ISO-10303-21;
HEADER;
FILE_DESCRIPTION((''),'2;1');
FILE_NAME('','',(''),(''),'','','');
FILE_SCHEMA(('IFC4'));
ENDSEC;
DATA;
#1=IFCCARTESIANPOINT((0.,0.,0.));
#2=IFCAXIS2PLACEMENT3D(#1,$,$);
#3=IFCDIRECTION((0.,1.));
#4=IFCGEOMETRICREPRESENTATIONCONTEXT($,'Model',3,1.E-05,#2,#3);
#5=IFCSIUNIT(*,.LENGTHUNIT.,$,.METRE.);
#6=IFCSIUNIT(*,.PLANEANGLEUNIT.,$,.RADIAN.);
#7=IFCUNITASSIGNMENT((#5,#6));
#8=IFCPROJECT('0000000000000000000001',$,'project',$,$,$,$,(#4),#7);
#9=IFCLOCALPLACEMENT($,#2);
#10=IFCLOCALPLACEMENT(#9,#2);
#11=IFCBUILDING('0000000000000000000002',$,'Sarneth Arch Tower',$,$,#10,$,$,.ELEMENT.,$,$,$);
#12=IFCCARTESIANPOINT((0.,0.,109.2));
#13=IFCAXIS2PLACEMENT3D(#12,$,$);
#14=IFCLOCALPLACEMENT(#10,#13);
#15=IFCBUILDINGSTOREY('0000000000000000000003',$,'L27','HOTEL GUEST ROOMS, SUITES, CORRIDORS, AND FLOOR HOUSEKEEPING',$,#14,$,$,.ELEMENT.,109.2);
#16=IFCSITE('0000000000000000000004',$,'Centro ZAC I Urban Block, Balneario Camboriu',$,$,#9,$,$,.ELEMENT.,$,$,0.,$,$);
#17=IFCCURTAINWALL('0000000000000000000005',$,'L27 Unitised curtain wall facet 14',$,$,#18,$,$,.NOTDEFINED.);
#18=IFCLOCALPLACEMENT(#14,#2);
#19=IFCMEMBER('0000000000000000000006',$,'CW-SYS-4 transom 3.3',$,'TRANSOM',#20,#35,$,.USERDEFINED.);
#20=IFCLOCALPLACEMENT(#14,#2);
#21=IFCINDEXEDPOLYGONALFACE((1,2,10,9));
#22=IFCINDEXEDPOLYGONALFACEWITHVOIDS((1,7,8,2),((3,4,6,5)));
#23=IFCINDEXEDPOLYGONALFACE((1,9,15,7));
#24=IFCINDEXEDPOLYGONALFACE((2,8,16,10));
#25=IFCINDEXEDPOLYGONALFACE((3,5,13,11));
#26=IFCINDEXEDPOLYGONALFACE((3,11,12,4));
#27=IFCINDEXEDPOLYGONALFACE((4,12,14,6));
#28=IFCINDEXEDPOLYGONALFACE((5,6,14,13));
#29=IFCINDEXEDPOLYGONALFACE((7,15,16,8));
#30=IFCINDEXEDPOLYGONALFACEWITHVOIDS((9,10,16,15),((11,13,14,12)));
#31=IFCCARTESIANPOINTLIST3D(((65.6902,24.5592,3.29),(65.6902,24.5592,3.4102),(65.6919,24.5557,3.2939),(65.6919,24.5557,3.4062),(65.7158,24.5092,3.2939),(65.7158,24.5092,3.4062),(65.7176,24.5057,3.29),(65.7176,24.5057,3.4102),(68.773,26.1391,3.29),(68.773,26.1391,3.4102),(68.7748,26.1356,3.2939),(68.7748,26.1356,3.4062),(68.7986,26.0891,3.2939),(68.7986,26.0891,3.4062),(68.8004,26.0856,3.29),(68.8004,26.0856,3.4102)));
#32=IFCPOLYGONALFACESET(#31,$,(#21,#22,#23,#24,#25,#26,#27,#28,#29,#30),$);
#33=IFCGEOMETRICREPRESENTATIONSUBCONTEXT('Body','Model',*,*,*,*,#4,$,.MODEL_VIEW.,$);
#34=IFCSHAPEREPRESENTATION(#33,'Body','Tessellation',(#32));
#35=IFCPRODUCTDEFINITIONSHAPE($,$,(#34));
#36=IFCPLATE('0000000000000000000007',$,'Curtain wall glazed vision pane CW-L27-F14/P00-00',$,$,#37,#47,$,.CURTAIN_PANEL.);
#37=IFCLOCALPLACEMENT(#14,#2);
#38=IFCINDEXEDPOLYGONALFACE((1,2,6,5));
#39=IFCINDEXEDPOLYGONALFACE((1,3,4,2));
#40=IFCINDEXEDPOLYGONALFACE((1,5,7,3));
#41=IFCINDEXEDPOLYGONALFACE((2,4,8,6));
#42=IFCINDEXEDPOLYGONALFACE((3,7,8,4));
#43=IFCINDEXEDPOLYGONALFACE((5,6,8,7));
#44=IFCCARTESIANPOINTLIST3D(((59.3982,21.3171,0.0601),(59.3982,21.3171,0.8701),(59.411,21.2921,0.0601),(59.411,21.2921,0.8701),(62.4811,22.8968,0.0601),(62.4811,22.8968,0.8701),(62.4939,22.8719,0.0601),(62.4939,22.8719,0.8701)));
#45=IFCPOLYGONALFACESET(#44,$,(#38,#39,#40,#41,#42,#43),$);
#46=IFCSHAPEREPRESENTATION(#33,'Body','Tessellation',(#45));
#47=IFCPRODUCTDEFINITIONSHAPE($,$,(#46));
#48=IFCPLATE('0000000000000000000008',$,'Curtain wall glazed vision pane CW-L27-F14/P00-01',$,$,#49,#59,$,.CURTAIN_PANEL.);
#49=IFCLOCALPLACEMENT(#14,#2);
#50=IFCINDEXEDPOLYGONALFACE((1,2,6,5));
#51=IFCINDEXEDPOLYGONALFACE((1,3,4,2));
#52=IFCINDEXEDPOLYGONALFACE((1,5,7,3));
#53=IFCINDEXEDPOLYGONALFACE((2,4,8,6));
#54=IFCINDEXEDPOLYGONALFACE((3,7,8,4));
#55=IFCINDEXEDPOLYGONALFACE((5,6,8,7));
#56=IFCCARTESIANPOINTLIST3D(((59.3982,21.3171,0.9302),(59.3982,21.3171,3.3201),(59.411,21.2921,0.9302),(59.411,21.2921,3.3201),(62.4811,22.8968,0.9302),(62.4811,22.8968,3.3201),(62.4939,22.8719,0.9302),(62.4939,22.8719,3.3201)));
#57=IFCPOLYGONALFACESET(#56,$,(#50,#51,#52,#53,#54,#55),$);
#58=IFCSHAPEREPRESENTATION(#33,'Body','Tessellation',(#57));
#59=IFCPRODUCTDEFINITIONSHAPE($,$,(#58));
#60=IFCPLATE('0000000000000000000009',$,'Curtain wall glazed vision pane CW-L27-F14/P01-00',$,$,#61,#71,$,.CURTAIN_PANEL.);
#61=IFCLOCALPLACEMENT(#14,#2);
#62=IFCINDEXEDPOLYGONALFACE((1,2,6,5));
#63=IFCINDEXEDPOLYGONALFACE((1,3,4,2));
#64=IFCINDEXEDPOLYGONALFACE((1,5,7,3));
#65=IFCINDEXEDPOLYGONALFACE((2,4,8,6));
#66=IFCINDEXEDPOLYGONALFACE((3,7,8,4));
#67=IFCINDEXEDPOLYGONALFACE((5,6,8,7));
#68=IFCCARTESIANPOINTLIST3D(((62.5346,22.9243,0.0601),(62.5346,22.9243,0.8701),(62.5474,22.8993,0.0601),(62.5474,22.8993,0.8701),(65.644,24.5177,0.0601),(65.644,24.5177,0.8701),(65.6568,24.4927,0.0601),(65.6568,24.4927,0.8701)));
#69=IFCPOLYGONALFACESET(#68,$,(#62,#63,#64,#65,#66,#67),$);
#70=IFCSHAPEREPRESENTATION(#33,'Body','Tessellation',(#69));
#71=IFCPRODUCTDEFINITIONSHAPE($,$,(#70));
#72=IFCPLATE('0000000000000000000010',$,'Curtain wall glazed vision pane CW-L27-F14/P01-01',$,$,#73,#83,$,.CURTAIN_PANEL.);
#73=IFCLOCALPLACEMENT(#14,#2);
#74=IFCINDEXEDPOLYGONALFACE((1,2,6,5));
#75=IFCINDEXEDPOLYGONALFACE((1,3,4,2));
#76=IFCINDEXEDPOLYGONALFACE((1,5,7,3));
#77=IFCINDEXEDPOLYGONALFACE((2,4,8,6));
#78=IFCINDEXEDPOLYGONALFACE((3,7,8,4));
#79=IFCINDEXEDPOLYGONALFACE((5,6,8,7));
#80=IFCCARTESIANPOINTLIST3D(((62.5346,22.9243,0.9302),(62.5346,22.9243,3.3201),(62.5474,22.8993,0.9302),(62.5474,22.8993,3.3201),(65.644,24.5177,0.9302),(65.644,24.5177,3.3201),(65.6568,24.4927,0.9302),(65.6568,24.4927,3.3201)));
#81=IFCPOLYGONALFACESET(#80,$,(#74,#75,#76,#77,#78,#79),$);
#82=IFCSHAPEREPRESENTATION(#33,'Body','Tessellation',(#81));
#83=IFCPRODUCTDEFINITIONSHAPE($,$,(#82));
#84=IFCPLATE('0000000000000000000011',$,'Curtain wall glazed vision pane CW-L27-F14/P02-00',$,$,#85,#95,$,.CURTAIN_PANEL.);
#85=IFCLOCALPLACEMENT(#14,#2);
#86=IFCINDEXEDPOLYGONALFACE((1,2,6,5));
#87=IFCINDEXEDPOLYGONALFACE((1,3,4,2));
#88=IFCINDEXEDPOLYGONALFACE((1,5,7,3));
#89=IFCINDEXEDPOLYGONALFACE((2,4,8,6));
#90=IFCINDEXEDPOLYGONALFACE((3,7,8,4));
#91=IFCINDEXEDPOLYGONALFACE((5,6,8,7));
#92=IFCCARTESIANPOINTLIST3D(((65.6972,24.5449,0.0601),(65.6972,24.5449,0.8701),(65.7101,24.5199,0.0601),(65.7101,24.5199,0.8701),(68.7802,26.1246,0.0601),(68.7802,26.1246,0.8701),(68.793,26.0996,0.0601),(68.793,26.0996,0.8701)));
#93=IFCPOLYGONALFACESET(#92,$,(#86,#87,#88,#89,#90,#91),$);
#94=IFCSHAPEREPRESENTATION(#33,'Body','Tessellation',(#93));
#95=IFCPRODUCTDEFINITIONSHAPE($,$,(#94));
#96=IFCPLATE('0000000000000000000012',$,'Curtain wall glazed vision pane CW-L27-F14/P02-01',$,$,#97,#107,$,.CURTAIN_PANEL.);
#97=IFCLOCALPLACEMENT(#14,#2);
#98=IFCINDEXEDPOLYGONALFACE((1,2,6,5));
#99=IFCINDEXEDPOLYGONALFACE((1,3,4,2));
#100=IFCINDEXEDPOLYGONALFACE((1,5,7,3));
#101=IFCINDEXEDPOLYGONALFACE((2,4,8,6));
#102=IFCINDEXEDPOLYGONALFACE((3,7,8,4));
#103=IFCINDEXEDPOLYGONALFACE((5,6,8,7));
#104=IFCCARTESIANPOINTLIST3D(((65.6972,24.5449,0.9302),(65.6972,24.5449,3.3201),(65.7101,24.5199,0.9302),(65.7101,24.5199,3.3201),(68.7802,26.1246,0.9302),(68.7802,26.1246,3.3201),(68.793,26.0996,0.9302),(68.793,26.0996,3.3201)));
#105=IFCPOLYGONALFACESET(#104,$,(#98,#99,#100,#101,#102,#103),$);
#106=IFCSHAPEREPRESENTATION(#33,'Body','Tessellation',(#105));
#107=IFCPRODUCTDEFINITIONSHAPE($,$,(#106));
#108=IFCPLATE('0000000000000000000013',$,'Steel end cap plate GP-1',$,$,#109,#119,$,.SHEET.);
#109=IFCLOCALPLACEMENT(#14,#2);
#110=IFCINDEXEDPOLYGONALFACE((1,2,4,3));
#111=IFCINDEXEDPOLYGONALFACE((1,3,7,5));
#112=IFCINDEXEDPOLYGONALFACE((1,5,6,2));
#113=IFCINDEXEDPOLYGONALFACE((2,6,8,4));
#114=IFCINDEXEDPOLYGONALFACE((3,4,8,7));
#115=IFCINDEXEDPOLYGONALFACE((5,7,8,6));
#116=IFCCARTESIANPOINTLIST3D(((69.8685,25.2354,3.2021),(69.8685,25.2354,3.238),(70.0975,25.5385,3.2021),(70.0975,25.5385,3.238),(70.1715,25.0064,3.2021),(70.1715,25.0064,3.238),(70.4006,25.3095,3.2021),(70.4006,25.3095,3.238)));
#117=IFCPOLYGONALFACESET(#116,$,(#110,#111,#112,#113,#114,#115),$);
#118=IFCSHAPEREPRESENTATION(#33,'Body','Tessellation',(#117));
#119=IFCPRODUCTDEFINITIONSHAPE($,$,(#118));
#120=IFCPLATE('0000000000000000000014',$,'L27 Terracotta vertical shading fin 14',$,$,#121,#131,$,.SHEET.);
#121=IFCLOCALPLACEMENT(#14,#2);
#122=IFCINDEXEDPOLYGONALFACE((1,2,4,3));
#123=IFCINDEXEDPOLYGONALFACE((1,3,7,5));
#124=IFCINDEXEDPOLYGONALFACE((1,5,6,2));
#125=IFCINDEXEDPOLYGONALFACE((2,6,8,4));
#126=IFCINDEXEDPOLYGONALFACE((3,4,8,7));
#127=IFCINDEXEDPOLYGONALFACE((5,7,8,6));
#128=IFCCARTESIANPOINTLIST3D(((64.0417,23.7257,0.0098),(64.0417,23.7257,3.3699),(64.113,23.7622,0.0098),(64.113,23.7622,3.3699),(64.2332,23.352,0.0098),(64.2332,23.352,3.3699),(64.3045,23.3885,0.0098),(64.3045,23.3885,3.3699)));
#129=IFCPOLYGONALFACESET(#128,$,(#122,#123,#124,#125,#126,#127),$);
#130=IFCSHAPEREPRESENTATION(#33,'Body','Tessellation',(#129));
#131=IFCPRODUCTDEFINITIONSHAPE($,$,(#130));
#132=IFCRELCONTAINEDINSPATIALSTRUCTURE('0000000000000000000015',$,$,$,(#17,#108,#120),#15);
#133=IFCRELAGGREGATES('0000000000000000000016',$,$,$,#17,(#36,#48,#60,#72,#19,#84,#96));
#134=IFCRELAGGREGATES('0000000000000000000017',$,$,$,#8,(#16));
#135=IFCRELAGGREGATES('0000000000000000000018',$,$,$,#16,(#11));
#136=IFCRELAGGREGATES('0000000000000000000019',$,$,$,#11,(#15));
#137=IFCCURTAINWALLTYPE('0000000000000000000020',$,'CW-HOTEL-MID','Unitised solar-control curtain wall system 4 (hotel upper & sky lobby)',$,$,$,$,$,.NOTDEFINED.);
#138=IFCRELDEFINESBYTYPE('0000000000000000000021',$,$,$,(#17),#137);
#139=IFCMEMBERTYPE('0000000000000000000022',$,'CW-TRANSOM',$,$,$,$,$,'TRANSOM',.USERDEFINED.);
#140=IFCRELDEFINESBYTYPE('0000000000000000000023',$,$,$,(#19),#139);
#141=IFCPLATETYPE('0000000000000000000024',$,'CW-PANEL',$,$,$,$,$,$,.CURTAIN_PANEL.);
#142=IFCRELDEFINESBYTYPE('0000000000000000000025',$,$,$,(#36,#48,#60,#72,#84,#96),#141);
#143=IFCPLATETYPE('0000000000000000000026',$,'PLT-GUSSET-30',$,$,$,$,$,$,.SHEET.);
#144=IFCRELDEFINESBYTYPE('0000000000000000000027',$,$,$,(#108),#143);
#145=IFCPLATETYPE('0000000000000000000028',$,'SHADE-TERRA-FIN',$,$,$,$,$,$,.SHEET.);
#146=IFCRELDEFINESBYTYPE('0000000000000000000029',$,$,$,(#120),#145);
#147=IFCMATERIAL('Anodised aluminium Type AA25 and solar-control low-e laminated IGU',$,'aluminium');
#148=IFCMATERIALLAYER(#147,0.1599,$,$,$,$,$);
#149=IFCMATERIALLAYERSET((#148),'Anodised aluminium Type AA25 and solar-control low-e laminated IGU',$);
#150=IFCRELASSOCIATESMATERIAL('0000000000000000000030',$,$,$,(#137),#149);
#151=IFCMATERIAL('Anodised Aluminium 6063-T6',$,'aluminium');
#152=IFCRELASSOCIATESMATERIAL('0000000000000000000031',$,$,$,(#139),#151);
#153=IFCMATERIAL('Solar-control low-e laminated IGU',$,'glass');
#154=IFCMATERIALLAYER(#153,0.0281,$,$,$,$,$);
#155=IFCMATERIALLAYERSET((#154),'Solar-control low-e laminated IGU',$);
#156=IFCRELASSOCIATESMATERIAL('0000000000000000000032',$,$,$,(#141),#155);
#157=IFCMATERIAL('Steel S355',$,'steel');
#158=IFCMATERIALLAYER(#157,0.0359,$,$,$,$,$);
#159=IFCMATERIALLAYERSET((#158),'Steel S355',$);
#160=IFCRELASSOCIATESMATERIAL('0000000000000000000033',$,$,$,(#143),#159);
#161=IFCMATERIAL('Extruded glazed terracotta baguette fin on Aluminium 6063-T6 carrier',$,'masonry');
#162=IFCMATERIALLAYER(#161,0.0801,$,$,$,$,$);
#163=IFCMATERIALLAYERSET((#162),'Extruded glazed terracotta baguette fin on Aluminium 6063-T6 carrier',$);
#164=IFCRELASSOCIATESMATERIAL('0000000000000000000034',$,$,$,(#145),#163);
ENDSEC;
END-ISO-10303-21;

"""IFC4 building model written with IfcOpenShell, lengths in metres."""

from ifc_helpers import new_model, si_unit, direction, frame, origin, origin_2d, place, context, subcontext, project, spatial, rectangle, hollow_rectangle, extrude, material, layer, layer_set, material_profile, profile_set, type_object, element, aggregate, save


model = new_model("IFC4")

# Units and contexts
model_context = context("Model", 3, precision=1e-05, world=origin(), true_north=direction((0.0, 1.0)))
body_context = subcontext(model_context, "Body", "Model", "MODEL_VIEW")
ifc_project = project(units=[si_unit("LENGTHUNIT", "METRE"), si_unit("PLANEANGLEUNIT", "RADIAN")], contexts=[model_context])

# Site, building, storey
site_placement = place(None, origin())
site = spatial("IfcSite", under=ifc_project, at=site_placement, Name="Centro ZAC I Urban Block, Balneario Camboriu", CompositionType="ELEMENT", RefElevation=0.0)
building_placement = place(site_placement, origin())
building = spatial("IfcBuilding", under=site, at=building_placement, Name="Sarneth Arch Tower", CompositionType="ELEMENT")
storey_placement = place(building_placement, frame((0.0, 0.0, 109.2)))
storey = spatial("IfcBuildingStorey", under=building, at=storey_placement, Name="L27", Description="HOTEL GUEST ROOMS, SUITES, CORRIDORS, AND FLOOR HOUSEKEEPING", CompositionType="ELEMENT", Elevation=109.2)

# Curtain wall, member, plates
ifc_material_1 = material(Name="Anodised aluminium Type AA25 and solar-control low-e laminated IGU", Category="aluminium")
ifc_layer_1 = layer(ifc_material_1, 0.1599)
ifc_layer_set_1 = layer_set([ifc_layer_1], Name="Anodised aluminium Type AA25 and solar-control low-e laminated IGU")
curtain_wall_type = type_object("IfcCurtainWallType", Name="CW-HOTEL-MID", Description="Unitised solar-control curtain wall system 4 (hotel upper & sky lobby)", PredefinedType="NOTDEFINED", material=ifc_layer_set_1)
curtain_wall_placement = place(storey_placement, origin())
curtain_wall = element("IfcCurtainWall", 1, at=curtain_wall_placement, inside=storey, type_object=curtain_wall_type, Name="L27 Unitised curtain wall facet 14", PredefinedType="NOTDEFINED")
ifc_material_2 = material(Name="Anodised Aluminium 6063-T6", Category="aluminium")
ifc_material_profile_1 = material_profile(ifc_material_2, hollow_rectangle(XDim=0.0601, YDim=0.1201, WallThickness=0.0039, at=origin_2d()), Name="AL-TRAN-120x60x4")
ifc_profile_set_1 = profile_set([ifc_material_profile_1], Name="Anodised Aluminium 6063-T6")
member_type_1 = type_object("IfcMemberType", Name="CW-TRANSOM", ElementType="TRANSOM", PredefinedType="USERDEFINED", material=ifc_profile_set_1)
member_1_placement = place(storey_placement, frame((65.7039, 24.5325, 3.3501), z_axis=(0.889943, 0.456072, 0.0), x_axis=(-0.456072, 0.889943, 0.0)))
member_1 = element("IfcMember", 2, at=member_1_placement, type_object=member_type_1, Name="CW-SYS-4 transom 3.3", ObjectType="TRANSOM", PredefinedType="USERDEFINED", context=body_context, shape_type="SweptSolid", body=[
    extrude(hollow_rectangle(XDim=0.0601, YDim=0.1201, WallThickness=0.0039, at=origin_2d()), origin(), (0.0, 0.0, 1.0), 3.4641),
])
ifc_material_3 = material(Name="Solar-control low-e laminated IGU", Category="glass")
ifc_layer_2 = layer(ifc_material_3, 0.0281)
ifc_layer_set_2 = layer_set([ifc_layer_2], Name="Solar-control low-e laminated IGU")
plate_type_1 = type_object("IfcPlateType", Name="CW-PANEL", PredefinedType="CURTAIN_PANEL", material=ifc_layer_set_2)
plate_1_placement = place(storey_placement, frame((60.946, 22.0945, 0.0601), z_axis=(0.0, 0.0, 1.0), x_axis=(0.889964, 0.456031, 0.0)))
plate_1 = element("IfcPlate", 3, at=plate_1_placement, type_object=plate_type_1, Name="Curtain wall glazed vision pane CW-L27-F14/P00-00", PredefinedType="CURTAIN_PANEL", context=body_context, shape_type="SweptSolid", body=[
    extrude(rectangle(XDim=3.4641, YDim=0.0281, at=origin_2d()), origin(), (0.0, 0.0, 1.0), 0.8101),
])
plate_2_placement = place(storey_placement, frame((60.946, 22.0945, 0.9302), z_axis=(0.0, 0.0, 1.0), x_axis=(0.889964, 0.456031, 0.0)))
plate_2 = element("IfcPlate", 4, at=plate_2_placement, type_object=plate_type_1, Name="Curtain wall glazed vision pane CW-L27-F14/P00-01", PredefinedType="CURTAIN_PANEL", context=body_context, shape_type="SweptSolid", body=[
    extrude(rectangle(XDim=3.4641, YDim=0.0281, at=origin_2d()), origin(), (0.0, 0.0, 1.0), 2.3899),
])
plate_3_placement = place(storey_placement, frame((64.0957, 23.7085, 0.0601), z_axis=(0.0, 0.0, 1.0), x_axis=(0.889964, 0.456031, 0.0)))
plate_3 = element("IfcPlate", 5, at=plate_3_placement, type_object=plate_type_1, Name="Curtain wall glazed vision pane CW-L27-F14/P01-00", PredefinedType="CURTAIN_PANEL", context=body_context, shape_type="SweptSolid", body=[
    extrude(rectangle(XDim=3.4939, YDim=0.0281, at=origin_2d()), origin(), (0.0, 0.0, 1.0), 0.8101),
])
plate_4_placement = place(storey_placement, frame((64.0957, 23.7085, 0.9302), z_axis=(0.0, 0.0, 1.0), x_axis=(0.889964, 0.456031, 0.0)))
plate_4 = element("IfcPlate", 6, at=plate_4_placement, type_object=plate_type_1, Name="Curtain wall glazed vision pane CW-L27-F14/P01-01", PredefinedType="CURTAIN_PANEL", context=body_context, shape_type="SweptSolid", body=[
    extrude(rectangle(XDim=3.4939, YDim=0.0281, at=origin_2d()), origin(), (0.0, 0.0, 1.0), 2.3899),
])
plate_5_placement = place(storey_placement, frame((67.2451, 25.3223, 0.0601), z_axis=(0.0, 0.0, 1.0), x_axis=(0.889964, 0.456031, 0.0)))
plate_5 = element("IfcPlate", 7, at=plate_5_placement, type_object=plate_type_1, Name="Curtain wall glazed vision pane CW-L27-F14/P02-00", PredefinedType="CURTAIN_PANEL", context=body_context, shape_type="SweptSolid", body=[
    extrude(rectangle(XDim=3.4641, YDim=0.0281, at=origin_2d()), origin(), (0.0, 0.0, 1.0), 0.8101),
])
plate_6_placement = place(storey_placement, frame((67.2451, 25.3223, 0.9302), z_axis=(0.0, 0.0, 1.0), x_axis=(0.889964, 0.456031, 0.0)))
plate_6 = element("IfcPlate", 8, at=plate_6_placement, type_object=plate_type_1, Name="Curtain wall glazed vision pane CW-L27-F14/P02-01", PredefinedType="CURTAIN_PANEL", context=body_context, shape_type="SweptSolid", body=[
    extrude(rectangle(XDim=3.4641, YDim=0.0281, at=origin_2d()), origin(), (0.0, 0.0, 1.0), 2.3899),
])
aggregate(curtain_wall, [plate_1, plate_2, plate_3, plate_4, member_1, plate_5, plate_6])

# Plates
ifc_material_4 = material(Name="Steel S355", Category="steel")
ifc_layer_3 = layer(ifc_material_4, 0.0359)
ifc_layer_set_3 = layer_set([ifc_layer_3], Name="Steel S355")
plate_type_2 = type_object("IfcPlateType", Name="PLT-GUSSET-30", PredefinedType="SHEET", material=ifc_layer_set_3)
plate_7_placement = place(storey_placement, frame((70.1345, 25.2725, 3.2021), z_axis=(0.0, 0.0, 1.0), x_axis=(0.797794, -0.60293, 0.0)))
element("IfcPlate", 9, at=plate_7_placement, inside=storey, type_object=plate_type_2, Name="Steel end cap plate GP-1", PredefinedType="SHEET", context=body_context, shape_type="SweptSolid", body=[
    extrude(rectangle(XDim=0.3799, YDim=0.3799, at=origin_2d()), origin(), (0.0, 0.0, 1.0), 0.0359),
])
ifc_material_5 = material(Name="Extruded glazed terracotta baguette fin on Aluminium 6063-T6 carrier", Category="masonry")
ifc_layer_4 = layer(ifc_material_5, 0.0801)
ifc_layer_set_4 = layer_set([ifc_layer_4], Name="Extruded glazed terracotta baguette fin on Aluminium 6063-T6 carrier")
plate_type_3 = type_object("IfcPlateType", Name="SHADE-TERRA-FIN", PredefinedType="SHEET", material=ifc_layer_set_4)
plate_8_placement = place(storey_placement, frame((64.1731, 23.5571, 0.0098), z_axis=(0.0, 0.0, 1.0), x_axis=(0.456011, -0.889974, 0.0)))
element("IfcPlate", 10, at=plate_8_placement, inside=storey, type_object=plate_type_3, Name="L27 Terracotta vertical shading fin 14", PredefinedType="SHEET", context=body_context, shape_type="SweptSolid", body=[
    extrude(rectangle(XDim=0.4199, YDim=0.0801, at=origin_2d()), origin(), (0.0, 0.0, 1.0), 3.3601),
])

save(model, "model.ifc")
